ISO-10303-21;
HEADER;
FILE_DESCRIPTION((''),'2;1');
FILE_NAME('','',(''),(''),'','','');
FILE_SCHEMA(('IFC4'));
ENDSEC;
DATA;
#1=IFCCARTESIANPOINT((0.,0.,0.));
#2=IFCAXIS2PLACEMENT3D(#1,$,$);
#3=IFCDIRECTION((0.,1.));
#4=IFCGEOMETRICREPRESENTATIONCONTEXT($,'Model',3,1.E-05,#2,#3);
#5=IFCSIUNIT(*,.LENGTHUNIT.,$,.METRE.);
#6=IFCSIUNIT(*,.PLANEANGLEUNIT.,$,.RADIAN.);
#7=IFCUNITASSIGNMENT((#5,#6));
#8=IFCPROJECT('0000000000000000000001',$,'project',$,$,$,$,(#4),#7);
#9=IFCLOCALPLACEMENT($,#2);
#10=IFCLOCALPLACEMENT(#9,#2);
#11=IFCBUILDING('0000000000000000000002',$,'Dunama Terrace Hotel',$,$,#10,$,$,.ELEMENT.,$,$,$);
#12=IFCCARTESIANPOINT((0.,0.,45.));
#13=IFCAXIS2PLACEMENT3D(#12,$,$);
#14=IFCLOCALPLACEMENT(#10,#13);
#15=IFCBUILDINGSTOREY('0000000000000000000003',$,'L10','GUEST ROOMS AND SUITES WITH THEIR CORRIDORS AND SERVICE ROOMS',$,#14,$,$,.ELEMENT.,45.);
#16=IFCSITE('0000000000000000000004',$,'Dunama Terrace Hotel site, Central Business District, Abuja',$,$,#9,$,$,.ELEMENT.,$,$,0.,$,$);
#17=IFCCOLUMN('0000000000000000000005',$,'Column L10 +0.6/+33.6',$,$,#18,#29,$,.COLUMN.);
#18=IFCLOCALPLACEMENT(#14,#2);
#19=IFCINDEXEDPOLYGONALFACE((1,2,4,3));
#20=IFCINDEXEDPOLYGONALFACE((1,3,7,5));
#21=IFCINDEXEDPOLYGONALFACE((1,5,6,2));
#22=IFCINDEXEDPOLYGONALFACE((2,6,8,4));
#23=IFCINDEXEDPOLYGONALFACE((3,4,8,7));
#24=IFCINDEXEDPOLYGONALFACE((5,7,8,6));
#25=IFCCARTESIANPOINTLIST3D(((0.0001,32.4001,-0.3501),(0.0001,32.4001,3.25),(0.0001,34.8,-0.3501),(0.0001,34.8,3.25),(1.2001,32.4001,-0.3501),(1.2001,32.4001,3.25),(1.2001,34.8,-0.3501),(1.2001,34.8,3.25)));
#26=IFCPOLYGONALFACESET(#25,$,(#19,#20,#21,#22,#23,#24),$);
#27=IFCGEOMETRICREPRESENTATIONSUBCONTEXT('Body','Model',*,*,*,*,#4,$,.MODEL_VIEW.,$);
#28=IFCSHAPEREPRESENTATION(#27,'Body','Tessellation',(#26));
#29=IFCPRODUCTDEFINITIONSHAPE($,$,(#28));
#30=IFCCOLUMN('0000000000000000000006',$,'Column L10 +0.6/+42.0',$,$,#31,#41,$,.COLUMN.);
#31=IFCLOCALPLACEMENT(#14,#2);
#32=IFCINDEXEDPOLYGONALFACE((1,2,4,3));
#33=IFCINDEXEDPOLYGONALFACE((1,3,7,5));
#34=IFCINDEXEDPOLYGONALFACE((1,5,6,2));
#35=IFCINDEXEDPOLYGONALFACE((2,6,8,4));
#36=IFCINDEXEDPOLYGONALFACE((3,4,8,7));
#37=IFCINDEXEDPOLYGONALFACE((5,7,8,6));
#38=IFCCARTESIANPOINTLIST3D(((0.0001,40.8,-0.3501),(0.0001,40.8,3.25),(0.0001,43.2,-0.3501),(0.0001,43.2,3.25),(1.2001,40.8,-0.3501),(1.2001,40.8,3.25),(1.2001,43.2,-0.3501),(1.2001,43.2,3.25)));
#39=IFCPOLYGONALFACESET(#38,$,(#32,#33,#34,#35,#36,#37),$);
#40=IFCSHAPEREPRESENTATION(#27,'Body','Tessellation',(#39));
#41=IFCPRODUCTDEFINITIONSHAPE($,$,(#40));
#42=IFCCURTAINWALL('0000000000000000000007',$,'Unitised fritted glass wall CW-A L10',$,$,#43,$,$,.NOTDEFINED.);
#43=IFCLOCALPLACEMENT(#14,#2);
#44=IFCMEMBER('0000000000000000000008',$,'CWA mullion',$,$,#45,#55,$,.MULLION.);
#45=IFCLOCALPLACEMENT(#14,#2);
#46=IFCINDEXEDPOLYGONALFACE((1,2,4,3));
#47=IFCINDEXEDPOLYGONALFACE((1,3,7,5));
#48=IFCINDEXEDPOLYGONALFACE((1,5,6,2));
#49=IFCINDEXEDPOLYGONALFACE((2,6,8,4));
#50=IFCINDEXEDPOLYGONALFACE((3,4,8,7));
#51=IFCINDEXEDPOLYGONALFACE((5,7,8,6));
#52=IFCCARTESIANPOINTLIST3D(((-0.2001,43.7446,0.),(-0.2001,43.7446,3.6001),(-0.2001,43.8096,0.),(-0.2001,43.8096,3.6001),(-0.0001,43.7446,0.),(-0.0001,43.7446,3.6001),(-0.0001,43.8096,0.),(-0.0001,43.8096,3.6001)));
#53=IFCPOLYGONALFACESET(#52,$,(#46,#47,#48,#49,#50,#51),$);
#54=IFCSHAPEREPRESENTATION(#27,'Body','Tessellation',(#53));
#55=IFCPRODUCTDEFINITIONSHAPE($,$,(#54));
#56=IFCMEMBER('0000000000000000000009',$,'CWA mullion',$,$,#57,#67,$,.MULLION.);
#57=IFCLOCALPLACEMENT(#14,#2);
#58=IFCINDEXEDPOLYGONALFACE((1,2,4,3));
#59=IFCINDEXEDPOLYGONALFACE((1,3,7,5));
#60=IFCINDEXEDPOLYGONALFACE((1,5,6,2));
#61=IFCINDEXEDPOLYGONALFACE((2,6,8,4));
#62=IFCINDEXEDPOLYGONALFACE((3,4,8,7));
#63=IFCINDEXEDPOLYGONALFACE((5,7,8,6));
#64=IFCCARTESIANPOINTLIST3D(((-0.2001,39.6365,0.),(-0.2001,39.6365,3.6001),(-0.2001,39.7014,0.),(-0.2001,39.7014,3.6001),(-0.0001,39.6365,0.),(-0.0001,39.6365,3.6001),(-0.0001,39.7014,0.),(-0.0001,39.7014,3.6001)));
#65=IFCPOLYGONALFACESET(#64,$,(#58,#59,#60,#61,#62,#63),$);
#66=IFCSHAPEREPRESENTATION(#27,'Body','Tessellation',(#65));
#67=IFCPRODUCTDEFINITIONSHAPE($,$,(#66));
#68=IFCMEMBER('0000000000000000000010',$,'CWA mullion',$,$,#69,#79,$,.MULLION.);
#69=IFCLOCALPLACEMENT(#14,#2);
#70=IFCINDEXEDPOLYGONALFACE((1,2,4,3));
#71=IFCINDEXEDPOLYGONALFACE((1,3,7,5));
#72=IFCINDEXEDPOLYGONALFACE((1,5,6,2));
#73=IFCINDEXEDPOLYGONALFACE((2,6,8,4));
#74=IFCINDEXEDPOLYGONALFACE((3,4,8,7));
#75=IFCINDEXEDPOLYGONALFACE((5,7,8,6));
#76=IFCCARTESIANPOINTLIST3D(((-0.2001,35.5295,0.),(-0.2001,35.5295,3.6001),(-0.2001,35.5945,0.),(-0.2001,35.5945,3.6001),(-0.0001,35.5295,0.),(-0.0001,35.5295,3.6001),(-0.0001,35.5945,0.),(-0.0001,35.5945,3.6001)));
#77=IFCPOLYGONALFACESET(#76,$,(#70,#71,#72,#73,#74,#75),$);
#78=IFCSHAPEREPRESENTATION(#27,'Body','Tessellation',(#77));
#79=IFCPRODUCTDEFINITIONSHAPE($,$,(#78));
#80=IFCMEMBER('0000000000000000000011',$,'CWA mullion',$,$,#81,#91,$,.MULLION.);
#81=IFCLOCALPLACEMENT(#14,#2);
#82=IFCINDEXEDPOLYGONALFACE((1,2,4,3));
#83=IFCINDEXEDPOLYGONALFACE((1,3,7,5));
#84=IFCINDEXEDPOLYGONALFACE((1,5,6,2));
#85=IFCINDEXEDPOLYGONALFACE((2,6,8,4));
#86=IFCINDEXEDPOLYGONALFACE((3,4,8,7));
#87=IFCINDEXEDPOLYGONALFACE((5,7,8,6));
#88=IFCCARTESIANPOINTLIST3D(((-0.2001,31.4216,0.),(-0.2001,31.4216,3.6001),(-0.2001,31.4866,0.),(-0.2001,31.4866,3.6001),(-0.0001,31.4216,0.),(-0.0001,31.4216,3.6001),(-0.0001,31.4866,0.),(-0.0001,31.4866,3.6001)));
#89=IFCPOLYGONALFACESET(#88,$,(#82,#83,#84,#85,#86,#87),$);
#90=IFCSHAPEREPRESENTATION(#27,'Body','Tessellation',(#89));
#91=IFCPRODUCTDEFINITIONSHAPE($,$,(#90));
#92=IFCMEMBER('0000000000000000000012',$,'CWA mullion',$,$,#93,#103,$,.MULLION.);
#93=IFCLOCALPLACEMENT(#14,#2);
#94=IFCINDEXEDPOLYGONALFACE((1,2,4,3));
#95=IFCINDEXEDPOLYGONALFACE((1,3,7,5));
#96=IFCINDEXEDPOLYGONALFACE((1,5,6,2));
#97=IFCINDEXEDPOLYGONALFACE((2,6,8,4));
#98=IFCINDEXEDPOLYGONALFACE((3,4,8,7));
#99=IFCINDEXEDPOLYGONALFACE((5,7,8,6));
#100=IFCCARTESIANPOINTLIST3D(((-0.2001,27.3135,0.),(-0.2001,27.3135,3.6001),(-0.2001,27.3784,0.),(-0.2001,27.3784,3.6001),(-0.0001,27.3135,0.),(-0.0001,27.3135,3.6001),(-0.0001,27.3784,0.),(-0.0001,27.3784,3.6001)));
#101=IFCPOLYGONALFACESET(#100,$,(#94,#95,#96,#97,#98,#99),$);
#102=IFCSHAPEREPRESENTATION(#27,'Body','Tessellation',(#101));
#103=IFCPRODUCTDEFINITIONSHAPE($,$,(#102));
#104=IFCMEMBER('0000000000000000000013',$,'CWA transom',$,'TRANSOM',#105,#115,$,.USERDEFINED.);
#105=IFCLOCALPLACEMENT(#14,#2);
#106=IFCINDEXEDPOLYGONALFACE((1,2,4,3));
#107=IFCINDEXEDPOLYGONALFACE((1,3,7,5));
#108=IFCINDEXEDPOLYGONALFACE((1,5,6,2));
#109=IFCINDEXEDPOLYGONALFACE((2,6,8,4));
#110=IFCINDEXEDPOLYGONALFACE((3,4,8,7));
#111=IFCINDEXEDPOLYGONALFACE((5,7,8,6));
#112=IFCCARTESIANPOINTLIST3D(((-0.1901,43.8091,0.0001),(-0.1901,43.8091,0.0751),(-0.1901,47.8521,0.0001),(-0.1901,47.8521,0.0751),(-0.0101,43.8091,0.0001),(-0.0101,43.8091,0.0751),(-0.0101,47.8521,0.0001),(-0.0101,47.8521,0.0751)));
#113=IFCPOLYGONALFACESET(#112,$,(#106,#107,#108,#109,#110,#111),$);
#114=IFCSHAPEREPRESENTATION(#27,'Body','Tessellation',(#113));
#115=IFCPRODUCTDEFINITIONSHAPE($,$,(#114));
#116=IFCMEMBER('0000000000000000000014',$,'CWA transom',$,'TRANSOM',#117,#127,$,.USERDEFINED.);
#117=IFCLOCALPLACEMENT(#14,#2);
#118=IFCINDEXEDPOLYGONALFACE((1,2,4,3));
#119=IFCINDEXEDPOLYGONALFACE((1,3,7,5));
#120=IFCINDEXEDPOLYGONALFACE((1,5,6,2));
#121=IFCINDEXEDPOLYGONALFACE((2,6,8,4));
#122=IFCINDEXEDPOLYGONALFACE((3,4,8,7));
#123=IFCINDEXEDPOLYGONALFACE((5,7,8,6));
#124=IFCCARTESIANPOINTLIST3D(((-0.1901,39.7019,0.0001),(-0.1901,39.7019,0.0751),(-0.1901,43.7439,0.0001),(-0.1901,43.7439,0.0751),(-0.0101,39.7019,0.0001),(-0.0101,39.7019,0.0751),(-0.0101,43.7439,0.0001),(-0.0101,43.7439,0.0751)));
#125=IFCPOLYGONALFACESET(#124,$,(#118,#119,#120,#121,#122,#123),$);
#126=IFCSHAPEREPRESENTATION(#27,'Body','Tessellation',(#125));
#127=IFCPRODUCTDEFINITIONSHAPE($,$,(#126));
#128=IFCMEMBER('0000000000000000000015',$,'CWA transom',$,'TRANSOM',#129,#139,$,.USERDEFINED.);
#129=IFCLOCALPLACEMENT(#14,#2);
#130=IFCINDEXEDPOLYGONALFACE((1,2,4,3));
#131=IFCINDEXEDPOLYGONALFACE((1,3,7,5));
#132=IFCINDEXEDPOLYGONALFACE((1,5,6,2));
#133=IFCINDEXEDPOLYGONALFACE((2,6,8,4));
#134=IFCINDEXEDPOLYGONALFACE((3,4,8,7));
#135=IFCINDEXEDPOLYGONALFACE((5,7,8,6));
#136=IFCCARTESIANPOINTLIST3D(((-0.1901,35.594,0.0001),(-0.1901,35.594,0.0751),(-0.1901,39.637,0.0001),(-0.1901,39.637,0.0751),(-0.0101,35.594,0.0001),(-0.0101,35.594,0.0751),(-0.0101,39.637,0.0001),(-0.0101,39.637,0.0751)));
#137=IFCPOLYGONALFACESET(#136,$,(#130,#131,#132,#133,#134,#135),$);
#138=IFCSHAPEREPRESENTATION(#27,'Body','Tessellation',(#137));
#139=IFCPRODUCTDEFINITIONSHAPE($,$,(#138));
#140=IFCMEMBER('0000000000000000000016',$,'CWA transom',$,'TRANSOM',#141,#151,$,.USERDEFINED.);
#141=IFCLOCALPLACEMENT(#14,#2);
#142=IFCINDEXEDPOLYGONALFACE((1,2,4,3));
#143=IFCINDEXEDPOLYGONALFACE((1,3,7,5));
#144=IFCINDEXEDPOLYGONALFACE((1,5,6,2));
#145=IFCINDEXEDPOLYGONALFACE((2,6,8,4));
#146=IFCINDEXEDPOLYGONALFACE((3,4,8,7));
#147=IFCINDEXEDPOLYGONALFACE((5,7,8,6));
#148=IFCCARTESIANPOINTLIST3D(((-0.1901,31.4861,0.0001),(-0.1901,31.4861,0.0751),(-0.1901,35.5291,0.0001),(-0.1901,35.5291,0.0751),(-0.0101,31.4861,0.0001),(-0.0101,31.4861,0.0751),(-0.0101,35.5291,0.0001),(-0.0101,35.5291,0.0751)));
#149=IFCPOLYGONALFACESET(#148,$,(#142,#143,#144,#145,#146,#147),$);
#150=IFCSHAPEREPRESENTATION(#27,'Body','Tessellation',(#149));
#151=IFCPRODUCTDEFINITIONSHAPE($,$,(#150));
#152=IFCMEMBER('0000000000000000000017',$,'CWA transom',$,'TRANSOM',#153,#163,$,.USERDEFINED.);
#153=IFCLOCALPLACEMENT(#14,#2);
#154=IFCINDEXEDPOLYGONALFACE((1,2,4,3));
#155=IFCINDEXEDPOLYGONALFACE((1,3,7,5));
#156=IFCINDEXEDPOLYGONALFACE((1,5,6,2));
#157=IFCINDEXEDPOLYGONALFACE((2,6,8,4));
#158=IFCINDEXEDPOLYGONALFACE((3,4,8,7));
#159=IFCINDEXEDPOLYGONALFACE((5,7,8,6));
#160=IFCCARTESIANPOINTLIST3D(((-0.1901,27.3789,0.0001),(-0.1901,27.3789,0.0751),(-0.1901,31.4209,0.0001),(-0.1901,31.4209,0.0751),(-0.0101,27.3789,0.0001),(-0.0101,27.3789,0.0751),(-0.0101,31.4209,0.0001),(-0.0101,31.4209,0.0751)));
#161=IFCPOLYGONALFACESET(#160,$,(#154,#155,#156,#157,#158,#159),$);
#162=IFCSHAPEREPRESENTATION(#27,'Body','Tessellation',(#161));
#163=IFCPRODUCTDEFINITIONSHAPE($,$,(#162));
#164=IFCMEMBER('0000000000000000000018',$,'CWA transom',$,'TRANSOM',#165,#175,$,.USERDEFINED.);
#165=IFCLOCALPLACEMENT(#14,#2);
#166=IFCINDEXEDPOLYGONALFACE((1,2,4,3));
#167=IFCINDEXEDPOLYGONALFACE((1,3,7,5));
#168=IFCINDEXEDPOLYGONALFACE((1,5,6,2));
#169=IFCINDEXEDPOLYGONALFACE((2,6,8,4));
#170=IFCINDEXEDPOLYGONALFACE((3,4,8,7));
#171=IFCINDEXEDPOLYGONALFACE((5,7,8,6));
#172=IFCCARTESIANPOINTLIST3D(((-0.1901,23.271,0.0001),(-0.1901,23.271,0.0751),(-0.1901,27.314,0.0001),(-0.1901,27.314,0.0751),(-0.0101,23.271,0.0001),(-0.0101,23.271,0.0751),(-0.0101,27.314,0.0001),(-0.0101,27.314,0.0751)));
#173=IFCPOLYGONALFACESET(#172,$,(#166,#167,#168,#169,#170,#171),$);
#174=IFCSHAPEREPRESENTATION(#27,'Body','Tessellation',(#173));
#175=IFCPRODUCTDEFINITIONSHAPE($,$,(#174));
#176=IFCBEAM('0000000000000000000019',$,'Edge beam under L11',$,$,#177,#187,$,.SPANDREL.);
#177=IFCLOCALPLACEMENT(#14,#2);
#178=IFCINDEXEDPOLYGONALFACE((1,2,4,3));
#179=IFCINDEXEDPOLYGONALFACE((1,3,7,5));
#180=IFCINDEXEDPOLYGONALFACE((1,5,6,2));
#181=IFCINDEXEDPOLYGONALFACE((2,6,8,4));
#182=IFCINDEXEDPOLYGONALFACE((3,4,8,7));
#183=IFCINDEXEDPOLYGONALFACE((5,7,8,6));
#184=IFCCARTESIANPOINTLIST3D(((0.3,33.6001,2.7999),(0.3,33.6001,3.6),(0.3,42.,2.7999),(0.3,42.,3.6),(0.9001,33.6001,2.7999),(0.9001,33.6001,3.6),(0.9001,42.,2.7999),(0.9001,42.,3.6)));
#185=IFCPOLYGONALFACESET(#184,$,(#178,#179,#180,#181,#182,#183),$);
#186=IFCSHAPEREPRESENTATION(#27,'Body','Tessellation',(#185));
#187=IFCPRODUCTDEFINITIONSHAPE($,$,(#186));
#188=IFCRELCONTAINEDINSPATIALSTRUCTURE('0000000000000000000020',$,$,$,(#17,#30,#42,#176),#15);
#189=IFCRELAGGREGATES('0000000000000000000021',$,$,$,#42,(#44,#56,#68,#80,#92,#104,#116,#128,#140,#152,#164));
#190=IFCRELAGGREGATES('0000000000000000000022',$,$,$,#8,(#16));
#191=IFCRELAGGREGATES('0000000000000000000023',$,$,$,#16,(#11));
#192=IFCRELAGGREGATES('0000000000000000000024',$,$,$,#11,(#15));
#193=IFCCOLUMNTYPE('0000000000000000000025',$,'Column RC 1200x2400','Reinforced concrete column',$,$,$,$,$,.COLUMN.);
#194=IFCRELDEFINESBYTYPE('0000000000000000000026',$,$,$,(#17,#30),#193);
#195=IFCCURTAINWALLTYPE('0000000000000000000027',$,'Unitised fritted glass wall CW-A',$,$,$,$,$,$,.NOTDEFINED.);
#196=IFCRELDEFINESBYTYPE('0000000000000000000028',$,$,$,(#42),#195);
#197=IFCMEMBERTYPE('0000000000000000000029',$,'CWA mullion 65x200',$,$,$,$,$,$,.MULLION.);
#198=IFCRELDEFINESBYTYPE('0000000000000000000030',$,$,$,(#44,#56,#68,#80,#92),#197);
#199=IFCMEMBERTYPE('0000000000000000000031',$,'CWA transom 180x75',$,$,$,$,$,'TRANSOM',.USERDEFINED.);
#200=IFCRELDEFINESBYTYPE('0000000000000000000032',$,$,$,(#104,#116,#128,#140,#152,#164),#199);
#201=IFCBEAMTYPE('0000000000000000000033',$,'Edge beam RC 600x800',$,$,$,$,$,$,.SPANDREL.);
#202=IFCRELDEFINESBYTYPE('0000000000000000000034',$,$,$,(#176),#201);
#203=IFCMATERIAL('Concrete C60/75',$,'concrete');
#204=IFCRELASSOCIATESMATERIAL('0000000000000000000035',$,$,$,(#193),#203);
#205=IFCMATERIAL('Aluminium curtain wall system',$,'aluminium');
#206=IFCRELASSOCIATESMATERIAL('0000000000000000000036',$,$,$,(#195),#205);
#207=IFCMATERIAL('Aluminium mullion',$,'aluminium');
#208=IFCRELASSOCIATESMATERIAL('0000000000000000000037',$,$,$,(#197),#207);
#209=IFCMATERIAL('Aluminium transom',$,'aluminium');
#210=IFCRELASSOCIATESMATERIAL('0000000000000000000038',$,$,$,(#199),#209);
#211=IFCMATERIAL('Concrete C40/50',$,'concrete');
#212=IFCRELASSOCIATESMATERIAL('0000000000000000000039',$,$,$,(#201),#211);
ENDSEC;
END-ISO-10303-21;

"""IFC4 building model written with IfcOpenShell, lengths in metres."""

from ifc_helpers import new_model, si_unit, direction, frame, origin, origin_2d, place, context, subcontext, project, spatial, rectangle, extrude, material, material_profile, profile_set, type_object, element, aggregate, save


model = new_model("IFC4")

# Units and contexts
model_context = context("Model", 3, precision=1e-05, world=origin(), true_north=direction((0.0, 1.0)))
body_context = subcontext(model_context, "Body", "Model", "MODEL_VIEW")
ifc_project = project(units=[si_unit("LENGTHUNIT", "METRE"), si_unit("PLANEANGLEUNIT", "RADIAN")], contexts=[model_context])

# Site, building, storey
site_placement = place(None, origin())
site = spatial("IfcSite", under=ifc_project, at=site_placement, Name="Dunama Terrace Hotel site, Central Business District, Abuja", CompositionType="ELEMENT", RefElevation=0.0)
building_placement = place(site_placement, origin())
building = spatial("IfcBuilding", under=site, at=building_placement, Name="Dunama Terrace Hotel", CompositionType="ELEMENT")
storey_placement = place(building_placement, frame((0.0, 0.0, 45.0)))
storey = spatial("IfcBuildingStorey", under=building, at=storey_placement, Name="L10", Description="GUEST ROOMS AND SUITES WITH THEIR CORRIDORS AND SERVICE ROOMS", CompositionType="ELEMENT", Elevation=45.0)

# Columns
ifc_material_1 = material(Name="Concrete C60/75", Category="concrete")
ifc_material_profile_1 = material_profile(ifc_material_1, rectangle(XDim=1.2, YDim=2.3999, at=origin_2d()), Name="RC 1200x2400")
ifc_profile_set_1 = profile_set([ifc_material_profile_1], Name="Concrete C60/75")
column_type = type_object("IfcColumnType", Name="Column RC 1200x2400", Description="Reinforced concrete column", PredefinedType="COLUMN", material=ifc_profile_set_1)
for number, where, z_axis, x_axis, name in (
    (1, (0.6001, 33.6001, -0.3501), (0.0, 0.0, 1.0), (1.0, 0.0, 0.0), "Column L10 +0.6/+33.6"),
    (2, (0.6001, 42.0, -0.3501), (0.0, 0.0, 1.0), (1.0, 0.0, 0.0), "Column L10 +0.6/+42.0"),
):
    element("IfcColumn", number, at=place(storey_placement, frame(where, z_axis=z_axis, x_axis=x_axis)), inside=storey, type_object=column_type, Name=name, PredefinedType="COLUMN", context=body_context, shape_type="SweptSolid", body=[
        extrude(rectangle(XDim=1.2, YDim=2.3999, at=origin_2d()), origin(), (0.0, 0.0, 1.0), 3.6001),
    ])

# Curtain wall, members
ifc_material_2 = material(Name="Aluminium curtain wall system", Category="aluminium")
curtain_wall_type = type_object("IfcCurtainWallType", Name="Unitised fritted glass wall CW-A", PredefinedType="NOTDEFINED", material=ifc_material_2)
curtain_wall_placement = place(storey_placement, origin())
curtain_wall = element("IfcCurtainWall", 3, at=curtain_wall_placement, inside=storey, type_object=curtain_wall_type, Name="Unitised fritted glass wall CW-A L10", PredefinedType="NOTDEFINED")
ifc_material_3 = material(Name="Aluminium mullion", Category="aluminium")
ifc_material_profile_2 = material_profile(ifc_material_3, rectangle(XDim=0.0649, YDim=0.2, at=origin_2d()), Name="CWA MULLION 65X200")
ifc_profile_set_2 = profile_set([ifc_material_profile_2], Name="Aluminium mullion")
member_type_1 = type_object("IfcMemberType", Name="CWA mullion 65x200", PredefinedType="MULLION", material=ifc_profile_set_2)
member_1_placement = place(storey_placement, frame((-0.1001, 43.7771, 0.0), z_axis=(0.0, 0.0, 1.0), x_axis=(0.0, -1.0, 0.0)))
member_1 = element("IfcMember", 4, at=member_1_placement, type_object=member_type_1, Name="CWA mullion", PredefinedType="MULLION", context=body_context, shape_type="SweptSolid", body=[
    extrude(rectangle(XDim=0.0649, YDim=0.2, at=origin_2d()), origin(), (0.0, 0.0, 1.0), 3.6001),
])
member_2_placement = place(storey_placement, frame((-0.1001, 39.6689, 0.0), z_axis=(0.0, 0.0, 1.0), x_axis=(0.0, -1.0, 0.0)))
member_2 = element("IfcMember", 5, at=member_2_placement, type_object=member_type_1, Name="CWA mullion", PredefinedType="MULLION", context=body_context, shape_type="SweptSolid", body=[
    extrude(rectangle(XDim=0.0649, YDim=0.2, at=origin_2d()), origin(), (0.0, 0.0, 1.0), 3.6001),
])
member_3_placement = place(storey_placement, frame((-0.1001, 35.562, 0.0), z_axis=(0.0, 0.0, 1.0), x_axis=(0.0, -1.0, 0.0)))
member_3 = element("IfcMember", 6, at=member_3_placement, type_object=member_type_1, Name="CWA mullion", PredefinedType="MULLION", context=body_context, shape_type="SweptSolid", body=[
    extrude(rectangle(XDim=0.0649, YDim=0.2, at=origin_2d()), origin(), (0.0, 0.0, 1.0), 3.6001),
])
member_4_placement = place(storey_placement, frame((-0.1001, 31.4541, 0.0), z_axis=(0.0, 0.0, 1.0), x_axis=(0.0, -1.0, 0.0)))
member_4 = element("IfcMember", 7, at=member_4_placement, type_object=member_type_1, Name="CWA mullion", PredefinedType="MULLION", context=body_context, shape_type="SweptSolid", body=[
    extrude(rectangle(XDim=0.0649, YDim=0.2, at=origin_2d()), origin(), (0.0, 0.0, 1.0), 3.6001),
])
member_5_placement = place(storey_placement, frame((-0.1001, 27.3459, 0.0), z_axis=(0.0, 0.0, 1.0), x_axis=(0.0, -1.0, 0.0)))
member_5 = element("IfcMember", 8, at=member_5_placement, type_object=member_type_1, Name="CWA mullion", PredefinedType="MULLION", context=body_context, shape_type="SweptSolid", body=[
    extrude(rectangle(XDim=0.0649, YDim=0.2, at=origin_2d()), origin(), (0.0, 0.0, 1.0), 3.6001),
])
ifc_material_4 = material(Name="Aluminium transom", Category="aluminium")
ifc_material_profile_3 = material_profile(ifc_material_4, rectangle(XDim=0.1799, YDim=0.075, at=origin_2d()), Name="CWA TRANSOM 180X75")
ifc_profile_set_3 = profile_set([ifc_material_profile_3], Name="Aluminium transom")
member_type_2 = type_object("IfcMemberType", Name="CWA transom 180x75", ElementType="TRANSOM", PredefinedType="USERDEFINED", material=ifc_profile_set_3)
member_6_placement = place(storey_placement, frame((-0.1001, 47.8521, 0.0376), z_axis=(0.0, -1.0, 0.0), x_axis=(1.0, 0.0, 0.0)))
member_6 = element("IfcMember", 9, at=member_6_placement, type_object=member_type_2, Name="CWA transom", ObjectType="TRANSOM", PredefinedType="USERDEFINED", context=body_context, shape_type="SweptSolid", body=[
    extrude(rectangle(XDim=0.1799, YDim=0.075, at=origin_2d()), origin(), (0.0, 0.0, 1.0), 4.043),
])
member_7_placement = place(storey_placement, frame((-0.1001, 43.7439, 0.0376), z_axis=(0.0, -1.0, 0.0), x_axis=(1.0, 0.0, 0.0)))
member_7 = element("IfcMember", 10, at=member_7_placement, type_object=member_type_2, Name="CWA transom", ObjectType="TRANSOM", PredefinedType="USERDEFINED", context=body_context, shape_type="SweptSolid", body=[
    extrude(rectangle(XDim=0.1799, YDim=0.075, at=origin_2d()), origin(), (0.0, 0.0, 1.0), 4.042),
])
member_8_placement = place(storey_placement, frame((-0.1001, 39.637, 0.0376), z_axis=(0.0, -1.0, 0.0), x_axis=(1.0, 0.0, 0.0)))
member_8 = element("IfcMember", 11, at=member_8_placement, type_object=member_type_2, Name="CWA transom", ObjectType="TRANSOM", PredefinedType="USERDEFINED", context=body_context, shape_type="SweptSolid", body=[
    extrude(rectangle(XDim=0.1799, YDim=0.075, at=origin_2d()), origin(), (0.0, 0.0, 1.0), 4.043),
])
member_9_placement = place(storey_placement, frame((-0.1001, 35.5291, 0.0376), z_axis=(0.0, -1.0, 0.0), x_axis=(1.0, 0.0, 0.0)))
member_9 = element("IfcMember", 12, at=member_9_placement, type_object=member_type_2, Name="CWA transom", ObjectType="TRANSOM", PredefinedType="USERDEFINED", context=body_context, shape_type="SweptSolid", body=[
    extrude(rectangle(XDim=0.1799, YDim=0.075, at=origin_2d()), origin(), (0.0, 0.0, 1.0), 4.043),
])
member_10_placement = place(storey_placement, frame((-0.1001, 31.4209, 0.0376), z_axis=(0.0, -1.0, 0.0), x_axis=(1.0, 0.0, 0.0)))
member_10 = element("IfcMember", 13, at=member_10_placement, type_object=member_type_2, Name="CWA transom", ObjectType="TRANSOM", PredefinedType="USERDEFINED", context=body_context, shape_type="SweptSolid", body=[
    extrude(rectangle(XDim=0.1799, YDim=0.075, at=origin_2d()), origin(), (0.0, 0.0, 1.0), 4.042),
])
member_11_placement = place(storey_placement, frame((-0.1001, 27.314, 0.0376), z_axis=(0.0, -1.0, 0.0), x_axis=(1.0, 0.0, 0.0)))
member_11 = element("IfcMember", 14, at=member_11_placement, type_object=member_type_2, Name="CWA transom", ObjectType="TRANSOM", PredefinedType="USERDEFINED", context=body_context, shape_type="SweptSolid", body=[
    extrude(rectangle(XDim=0.1799, YDim=0.075, at=origin_2d()), origin(), (0.0, 0.0, 1.0), 4.043),
])

# Beam
ifc_material_5 = material(Name="Concrete C40/50", Category="concrete")
ifc_material_profile_4 = material_profile(ifc_material_5, rectangle(XDim=0.6001, YDim=0.8, at=origin_2d()), Name="RC 600x800")
ifc_profile_set_4 = profile_set([ifc_material_profile_4], Name="Concrete C40/50")
beam_type = type_object("IfcBeamType", Name="Edge beam RC 600x800", PredefinedType="SPANDREL", material=ifc_profile_set_4)
for number, where, z_axis, x_axis, name in (
    (15, (0.6001, 33.6001, 3.2), (0.0, 1.0, 0.0), (-1.0, 0.0, 0.0), "Edge beam under L11"),
):
    element("IfcBeam", number, at=place(storey_placement, frame(where, z_axis=z_axis, x_axis=x_axis)), inside=storey, type_object=beam_type, Name=name, PredefinedType="SPANDREL", context=body_context, shape_type="SweptSolid", body=[
        extrude(rectangle(XDim=0.6001, YDim=0.8, at=origin_2d()), origin(), (0.0, 0.0, 1.0), 8.3999),
    ])

aggregate(curtain_wall, [member_1, member_2, member_3, member_4, member_5, member_6, member_7, member_8, member_9, member_10, member_11])

save(model, "model.ifc")
